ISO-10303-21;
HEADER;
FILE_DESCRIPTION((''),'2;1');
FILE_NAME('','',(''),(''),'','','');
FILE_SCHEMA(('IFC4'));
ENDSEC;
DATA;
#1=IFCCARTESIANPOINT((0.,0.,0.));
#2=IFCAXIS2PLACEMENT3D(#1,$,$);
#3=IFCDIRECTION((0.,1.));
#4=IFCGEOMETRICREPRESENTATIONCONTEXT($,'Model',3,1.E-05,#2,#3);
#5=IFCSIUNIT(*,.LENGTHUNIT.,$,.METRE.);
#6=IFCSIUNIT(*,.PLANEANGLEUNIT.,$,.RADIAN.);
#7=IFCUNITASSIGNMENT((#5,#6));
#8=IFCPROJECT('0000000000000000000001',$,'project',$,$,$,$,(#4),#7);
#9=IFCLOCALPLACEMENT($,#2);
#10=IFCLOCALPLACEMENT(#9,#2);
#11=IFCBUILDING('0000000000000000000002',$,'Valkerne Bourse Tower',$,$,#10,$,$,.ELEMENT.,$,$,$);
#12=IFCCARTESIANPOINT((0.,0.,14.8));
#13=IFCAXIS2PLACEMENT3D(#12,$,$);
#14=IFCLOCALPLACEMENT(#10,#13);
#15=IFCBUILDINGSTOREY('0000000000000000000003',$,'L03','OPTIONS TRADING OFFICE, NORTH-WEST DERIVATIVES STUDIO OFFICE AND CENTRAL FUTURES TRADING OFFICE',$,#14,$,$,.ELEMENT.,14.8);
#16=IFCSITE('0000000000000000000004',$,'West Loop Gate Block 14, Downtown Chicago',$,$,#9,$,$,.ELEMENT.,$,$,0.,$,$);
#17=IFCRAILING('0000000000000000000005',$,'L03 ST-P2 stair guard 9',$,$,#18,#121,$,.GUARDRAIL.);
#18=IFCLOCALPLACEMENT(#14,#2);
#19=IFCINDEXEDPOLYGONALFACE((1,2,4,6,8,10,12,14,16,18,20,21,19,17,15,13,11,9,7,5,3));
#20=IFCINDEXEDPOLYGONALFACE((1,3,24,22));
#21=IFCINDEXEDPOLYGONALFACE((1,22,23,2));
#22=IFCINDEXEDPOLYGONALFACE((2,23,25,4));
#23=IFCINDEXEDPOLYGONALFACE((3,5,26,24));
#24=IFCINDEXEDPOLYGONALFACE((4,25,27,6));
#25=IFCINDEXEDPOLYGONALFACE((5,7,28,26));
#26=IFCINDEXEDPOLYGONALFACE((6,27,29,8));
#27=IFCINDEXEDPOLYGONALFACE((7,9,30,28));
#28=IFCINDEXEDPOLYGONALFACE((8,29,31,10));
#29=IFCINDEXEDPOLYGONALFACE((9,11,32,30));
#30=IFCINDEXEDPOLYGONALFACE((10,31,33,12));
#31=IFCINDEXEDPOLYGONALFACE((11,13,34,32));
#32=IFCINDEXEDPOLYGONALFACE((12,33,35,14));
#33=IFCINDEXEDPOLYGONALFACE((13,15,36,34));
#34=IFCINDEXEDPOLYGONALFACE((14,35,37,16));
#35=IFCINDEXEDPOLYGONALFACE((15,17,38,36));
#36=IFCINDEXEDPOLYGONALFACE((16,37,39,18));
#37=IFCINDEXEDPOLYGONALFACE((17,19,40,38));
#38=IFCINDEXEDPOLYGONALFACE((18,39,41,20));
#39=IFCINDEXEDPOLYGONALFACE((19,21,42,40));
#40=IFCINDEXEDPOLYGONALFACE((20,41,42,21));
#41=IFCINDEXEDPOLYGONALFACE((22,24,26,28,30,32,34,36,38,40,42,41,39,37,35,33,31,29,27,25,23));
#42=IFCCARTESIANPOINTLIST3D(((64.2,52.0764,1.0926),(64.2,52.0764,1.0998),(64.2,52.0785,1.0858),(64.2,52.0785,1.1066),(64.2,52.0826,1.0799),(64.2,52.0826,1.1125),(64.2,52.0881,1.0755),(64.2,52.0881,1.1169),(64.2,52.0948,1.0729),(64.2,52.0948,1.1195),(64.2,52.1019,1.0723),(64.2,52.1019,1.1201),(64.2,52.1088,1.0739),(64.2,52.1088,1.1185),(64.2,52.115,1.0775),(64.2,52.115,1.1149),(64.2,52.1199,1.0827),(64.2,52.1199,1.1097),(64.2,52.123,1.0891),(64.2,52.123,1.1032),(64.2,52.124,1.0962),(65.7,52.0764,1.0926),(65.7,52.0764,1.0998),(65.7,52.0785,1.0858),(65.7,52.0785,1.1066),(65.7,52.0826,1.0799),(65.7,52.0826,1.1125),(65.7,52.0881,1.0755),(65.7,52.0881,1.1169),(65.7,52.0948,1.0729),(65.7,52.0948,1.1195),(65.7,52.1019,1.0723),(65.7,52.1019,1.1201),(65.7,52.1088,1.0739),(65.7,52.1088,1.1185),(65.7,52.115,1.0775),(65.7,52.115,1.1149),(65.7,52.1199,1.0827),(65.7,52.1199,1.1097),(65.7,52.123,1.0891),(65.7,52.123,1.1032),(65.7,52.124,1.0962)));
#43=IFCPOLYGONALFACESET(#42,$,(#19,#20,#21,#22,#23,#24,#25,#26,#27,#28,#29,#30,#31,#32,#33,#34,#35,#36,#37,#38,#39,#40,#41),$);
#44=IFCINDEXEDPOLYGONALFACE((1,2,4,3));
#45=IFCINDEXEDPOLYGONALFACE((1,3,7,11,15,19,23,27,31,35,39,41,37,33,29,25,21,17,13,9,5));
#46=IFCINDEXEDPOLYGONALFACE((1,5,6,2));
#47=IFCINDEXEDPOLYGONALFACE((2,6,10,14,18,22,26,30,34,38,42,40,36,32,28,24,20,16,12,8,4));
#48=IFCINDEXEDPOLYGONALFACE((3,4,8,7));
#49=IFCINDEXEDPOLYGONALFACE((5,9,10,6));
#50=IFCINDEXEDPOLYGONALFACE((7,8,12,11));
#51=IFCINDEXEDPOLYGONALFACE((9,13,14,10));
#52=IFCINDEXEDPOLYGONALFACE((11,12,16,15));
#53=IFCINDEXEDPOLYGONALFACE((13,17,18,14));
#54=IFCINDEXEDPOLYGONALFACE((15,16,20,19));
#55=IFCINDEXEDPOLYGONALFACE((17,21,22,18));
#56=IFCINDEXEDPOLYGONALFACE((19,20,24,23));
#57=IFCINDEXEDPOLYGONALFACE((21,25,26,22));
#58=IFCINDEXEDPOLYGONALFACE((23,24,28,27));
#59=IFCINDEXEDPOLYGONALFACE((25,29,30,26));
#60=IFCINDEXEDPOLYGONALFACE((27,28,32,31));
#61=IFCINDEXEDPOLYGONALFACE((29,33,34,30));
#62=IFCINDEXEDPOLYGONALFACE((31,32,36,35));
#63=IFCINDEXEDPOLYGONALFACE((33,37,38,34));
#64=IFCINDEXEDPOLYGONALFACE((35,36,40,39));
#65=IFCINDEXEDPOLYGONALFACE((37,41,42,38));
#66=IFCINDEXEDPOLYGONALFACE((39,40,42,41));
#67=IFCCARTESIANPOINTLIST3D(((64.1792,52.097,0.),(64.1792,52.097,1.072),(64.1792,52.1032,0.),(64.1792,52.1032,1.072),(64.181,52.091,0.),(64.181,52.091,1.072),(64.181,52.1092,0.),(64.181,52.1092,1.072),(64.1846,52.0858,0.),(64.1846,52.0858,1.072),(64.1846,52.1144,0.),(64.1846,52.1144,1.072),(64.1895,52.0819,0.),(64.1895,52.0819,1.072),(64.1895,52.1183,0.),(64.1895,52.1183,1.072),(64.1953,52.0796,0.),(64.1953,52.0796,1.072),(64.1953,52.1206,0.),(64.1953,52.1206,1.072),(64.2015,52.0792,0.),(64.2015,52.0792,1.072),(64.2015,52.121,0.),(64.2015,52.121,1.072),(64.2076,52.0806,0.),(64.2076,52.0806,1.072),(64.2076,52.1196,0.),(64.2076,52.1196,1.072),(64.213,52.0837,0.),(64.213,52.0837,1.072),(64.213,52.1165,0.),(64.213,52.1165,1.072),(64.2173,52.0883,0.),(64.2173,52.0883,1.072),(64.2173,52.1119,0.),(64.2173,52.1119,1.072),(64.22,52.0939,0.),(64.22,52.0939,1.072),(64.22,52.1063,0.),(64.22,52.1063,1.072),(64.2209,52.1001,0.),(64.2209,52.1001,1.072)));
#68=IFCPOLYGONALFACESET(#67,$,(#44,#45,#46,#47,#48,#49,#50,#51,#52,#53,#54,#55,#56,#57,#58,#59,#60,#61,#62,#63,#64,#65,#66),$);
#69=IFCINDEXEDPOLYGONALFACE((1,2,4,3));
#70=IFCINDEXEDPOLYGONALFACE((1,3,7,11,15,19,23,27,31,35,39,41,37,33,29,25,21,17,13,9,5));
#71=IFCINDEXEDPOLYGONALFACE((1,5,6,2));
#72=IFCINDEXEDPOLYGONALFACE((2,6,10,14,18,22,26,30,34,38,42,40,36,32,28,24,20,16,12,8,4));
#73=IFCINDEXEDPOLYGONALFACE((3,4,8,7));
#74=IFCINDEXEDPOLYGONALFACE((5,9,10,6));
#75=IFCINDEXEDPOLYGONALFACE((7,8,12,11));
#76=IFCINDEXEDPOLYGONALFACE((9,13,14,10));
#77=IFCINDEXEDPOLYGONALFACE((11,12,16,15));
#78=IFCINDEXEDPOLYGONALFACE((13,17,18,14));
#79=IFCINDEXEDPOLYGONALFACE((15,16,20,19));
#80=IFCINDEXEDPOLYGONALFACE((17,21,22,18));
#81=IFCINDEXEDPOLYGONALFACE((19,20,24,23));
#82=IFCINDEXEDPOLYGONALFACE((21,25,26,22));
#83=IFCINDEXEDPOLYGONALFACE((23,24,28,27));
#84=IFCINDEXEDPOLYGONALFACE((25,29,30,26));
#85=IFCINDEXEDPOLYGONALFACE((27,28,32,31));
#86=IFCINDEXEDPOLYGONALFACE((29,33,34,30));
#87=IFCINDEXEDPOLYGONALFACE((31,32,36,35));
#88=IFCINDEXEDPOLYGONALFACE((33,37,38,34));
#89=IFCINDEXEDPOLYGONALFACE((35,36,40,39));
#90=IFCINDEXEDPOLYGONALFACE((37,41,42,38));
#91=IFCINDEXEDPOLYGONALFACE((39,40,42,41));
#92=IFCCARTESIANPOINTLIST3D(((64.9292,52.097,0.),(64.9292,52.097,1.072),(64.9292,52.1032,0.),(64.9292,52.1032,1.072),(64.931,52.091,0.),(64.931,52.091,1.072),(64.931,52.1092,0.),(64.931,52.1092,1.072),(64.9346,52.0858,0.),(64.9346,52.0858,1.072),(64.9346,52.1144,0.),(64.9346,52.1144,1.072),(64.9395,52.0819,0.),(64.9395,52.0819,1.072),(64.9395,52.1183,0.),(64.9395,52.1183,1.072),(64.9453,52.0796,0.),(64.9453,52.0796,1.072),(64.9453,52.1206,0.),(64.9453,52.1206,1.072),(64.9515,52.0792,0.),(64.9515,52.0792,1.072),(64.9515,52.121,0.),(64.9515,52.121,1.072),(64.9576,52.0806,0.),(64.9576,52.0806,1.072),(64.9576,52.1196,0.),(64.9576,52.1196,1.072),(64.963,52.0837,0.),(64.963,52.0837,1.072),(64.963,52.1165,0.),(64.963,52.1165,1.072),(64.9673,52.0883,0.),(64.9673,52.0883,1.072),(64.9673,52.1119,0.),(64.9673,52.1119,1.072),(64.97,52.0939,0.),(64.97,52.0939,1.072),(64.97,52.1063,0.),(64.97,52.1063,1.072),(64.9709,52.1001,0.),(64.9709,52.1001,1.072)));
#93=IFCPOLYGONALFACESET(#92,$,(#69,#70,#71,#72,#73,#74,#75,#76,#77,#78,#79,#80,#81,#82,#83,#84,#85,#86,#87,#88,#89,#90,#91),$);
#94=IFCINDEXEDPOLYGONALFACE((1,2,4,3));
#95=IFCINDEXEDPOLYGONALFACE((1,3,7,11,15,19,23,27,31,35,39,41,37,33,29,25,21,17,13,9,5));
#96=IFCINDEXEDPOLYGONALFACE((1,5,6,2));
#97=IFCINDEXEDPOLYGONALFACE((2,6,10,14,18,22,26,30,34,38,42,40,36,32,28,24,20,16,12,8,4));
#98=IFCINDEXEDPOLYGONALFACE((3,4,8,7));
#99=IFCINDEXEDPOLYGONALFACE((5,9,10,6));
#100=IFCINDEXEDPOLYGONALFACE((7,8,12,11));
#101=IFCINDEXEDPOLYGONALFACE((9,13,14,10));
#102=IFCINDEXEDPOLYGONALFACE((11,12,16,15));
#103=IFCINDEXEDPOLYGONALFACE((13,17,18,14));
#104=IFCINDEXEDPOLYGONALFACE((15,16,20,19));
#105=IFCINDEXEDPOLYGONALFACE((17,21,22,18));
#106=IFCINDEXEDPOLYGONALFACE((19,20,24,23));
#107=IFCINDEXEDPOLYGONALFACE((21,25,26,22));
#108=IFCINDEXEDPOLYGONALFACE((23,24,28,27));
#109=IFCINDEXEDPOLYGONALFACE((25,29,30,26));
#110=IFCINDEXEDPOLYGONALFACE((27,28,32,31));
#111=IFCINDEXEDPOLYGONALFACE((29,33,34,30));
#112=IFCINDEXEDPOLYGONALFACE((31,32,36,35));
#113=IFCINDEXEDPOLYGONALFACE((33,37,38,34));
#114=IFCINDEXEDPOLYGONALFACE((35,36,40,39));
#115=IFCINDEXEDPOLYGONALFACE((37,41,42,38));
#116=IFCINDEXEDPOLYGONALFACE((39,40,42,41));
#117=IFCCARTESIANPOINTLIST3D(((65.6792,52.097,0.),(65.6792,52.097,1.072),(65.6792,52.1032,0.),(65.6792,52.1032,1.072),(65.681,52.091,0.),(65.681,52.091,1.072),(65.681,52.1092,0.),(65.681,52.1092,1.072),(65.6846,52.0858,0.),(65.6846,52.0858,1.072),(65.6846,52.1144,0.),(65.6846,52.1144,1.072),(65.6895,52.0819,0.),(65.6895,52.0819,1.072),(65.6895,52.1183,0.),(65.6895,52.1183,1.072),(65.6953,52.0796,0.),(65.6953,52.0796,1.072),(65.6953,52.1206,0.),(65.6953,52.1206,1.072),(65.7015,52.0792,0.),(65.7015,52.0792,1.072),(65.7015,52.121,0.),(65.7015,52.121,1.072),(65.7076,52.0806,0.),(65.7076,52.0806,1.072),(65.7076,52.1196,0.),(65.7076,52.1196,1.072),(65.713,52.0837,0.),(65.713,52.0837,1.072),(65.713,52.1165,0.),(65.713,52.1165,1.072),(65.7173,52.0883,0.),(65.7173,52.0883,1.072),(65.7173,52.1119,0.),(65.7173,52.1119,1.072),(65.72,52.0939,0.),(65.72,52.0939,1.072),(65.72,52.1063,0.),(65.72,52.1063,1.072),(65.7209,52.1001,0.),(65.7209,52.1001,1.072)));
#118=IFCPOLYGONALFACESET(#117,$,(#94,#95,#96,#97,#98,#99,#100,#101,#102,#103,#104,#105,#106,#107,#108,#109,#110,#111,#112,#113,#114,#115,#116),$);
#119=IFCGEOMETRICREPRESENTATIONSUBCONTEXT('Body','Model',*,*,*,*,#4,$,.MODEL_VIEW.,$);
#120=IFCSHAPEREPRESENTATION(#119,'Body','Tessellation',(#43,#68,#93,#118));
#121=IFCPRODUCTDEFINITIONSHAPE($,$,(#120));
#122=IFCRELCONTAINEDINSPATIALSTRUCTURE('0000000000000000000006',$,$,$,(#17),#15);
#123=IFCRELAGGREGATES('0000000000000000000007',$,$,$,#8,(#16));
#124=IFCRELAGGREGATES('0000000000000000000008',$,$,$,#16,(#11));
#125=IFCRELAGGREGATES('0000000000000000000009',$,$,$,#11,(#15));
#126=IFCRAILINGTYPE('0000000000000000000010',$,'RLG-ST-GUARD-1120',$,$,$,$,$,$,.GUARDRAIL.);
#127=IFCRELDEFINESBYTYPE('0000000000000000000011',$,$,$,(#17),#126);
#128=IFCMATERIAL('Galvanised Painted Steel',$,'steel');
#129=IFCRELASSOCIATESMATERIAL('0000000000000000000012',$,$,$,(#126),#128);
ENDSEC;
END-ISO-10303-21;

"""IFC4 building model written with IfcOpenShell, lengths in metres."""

from ifc_helpers import new_model, si_unit, direction, frame, origin, origin_2d, place, context, subcontext, project, spatial, circle, extrude, material, type_object, element, save


model = new_model("IFC4")

# Units and contexts
model_context = context("Model", 3, precision=1e-05, world=origin(), true_north=direction((0.0, 1.0)))
body_context = subcontext(model_context, "Body", "Model", "MODEL_VIEW")
ifc_project = project(units=[si_unit("LENGTHUNIT", "METRE"), si_unit("PLANEANGLEUNIT", "RADIAN")], contexts=[model_context])

# Site, building, storey
site_placement = place(None, origin())
site = spatial("IfcSite", under=ifc_project, at=site_placement, Name="West Loop Gate Block 14, Downtown Chicago", CompositionType="ELEMENT", RefElevation=0.0)
building_placement = place(site_placement, origin())
building = spatial("IfcBuilding", under=site, at=building_placement, Name="Valkerne Bourse Tower", CompositionType="ELEMENT")
storey_placement = place(building_placement, frame((0.0, 0.0, 14.8)))
storey = spatial("IfcBuildingStorey", under=building, at=storey_placement, Name="L03", Description="OPTIONS TRADING OFFICE, NORTH-WEST DERIVATIVES STUDIO OFFICE AND CENTRAL FUTURES TRADING OFFICE", CompositionType="ELEMENT", Elevation=14.8)

# Railing
ifc_material_1 = material(Name="Galvanised Painted Steel", Category="steel")
railing_type_1 = type_object("IfcRailingType", Name="RLG-ST-GUARD-1120", PredefinedType="GUARDRAIL", material=ifc_material_1)
for number, where, name in (
    (1, (64.2, 52.1001, 0.0), "L03 ST-P2 stair guard 9"),
):
    element("IfcRailing", number, at=place(storey_placement, frame(where)), inside=storey, type_object=railing_type_1, Name=name, PredefinedType="GUARDRAIL", context=body_context, shape_type="SweptSolid", body=[
        extrude(circle(Radius=0.0239, at=origin_2d()), frame((0.0, 0.0, 1.0962), z_axis=(1.0, 0.0, 0.0), x_axis=(0.0, 1.0, 0.0)), (0.0, 0.0, 1.0), 1.5),
        extrude(circle(Radius=0.021, at=origin_2d()), origin(), (0.0, 0.0, 1.0), 1.072),
        extrude(circle(Radius=0.021, at=origin_2d()), frame((0.75, 0.0, 0.0)), (0.0, 0.0, 1.0), 1.072),
        extrude(circle(Radius=0.021, at=origin_2d()), frame((1.5, 0.0, 0.0)), (0.0, 0.0, 1.0), 1.072),
    ])

save(model, "model.ifc")
